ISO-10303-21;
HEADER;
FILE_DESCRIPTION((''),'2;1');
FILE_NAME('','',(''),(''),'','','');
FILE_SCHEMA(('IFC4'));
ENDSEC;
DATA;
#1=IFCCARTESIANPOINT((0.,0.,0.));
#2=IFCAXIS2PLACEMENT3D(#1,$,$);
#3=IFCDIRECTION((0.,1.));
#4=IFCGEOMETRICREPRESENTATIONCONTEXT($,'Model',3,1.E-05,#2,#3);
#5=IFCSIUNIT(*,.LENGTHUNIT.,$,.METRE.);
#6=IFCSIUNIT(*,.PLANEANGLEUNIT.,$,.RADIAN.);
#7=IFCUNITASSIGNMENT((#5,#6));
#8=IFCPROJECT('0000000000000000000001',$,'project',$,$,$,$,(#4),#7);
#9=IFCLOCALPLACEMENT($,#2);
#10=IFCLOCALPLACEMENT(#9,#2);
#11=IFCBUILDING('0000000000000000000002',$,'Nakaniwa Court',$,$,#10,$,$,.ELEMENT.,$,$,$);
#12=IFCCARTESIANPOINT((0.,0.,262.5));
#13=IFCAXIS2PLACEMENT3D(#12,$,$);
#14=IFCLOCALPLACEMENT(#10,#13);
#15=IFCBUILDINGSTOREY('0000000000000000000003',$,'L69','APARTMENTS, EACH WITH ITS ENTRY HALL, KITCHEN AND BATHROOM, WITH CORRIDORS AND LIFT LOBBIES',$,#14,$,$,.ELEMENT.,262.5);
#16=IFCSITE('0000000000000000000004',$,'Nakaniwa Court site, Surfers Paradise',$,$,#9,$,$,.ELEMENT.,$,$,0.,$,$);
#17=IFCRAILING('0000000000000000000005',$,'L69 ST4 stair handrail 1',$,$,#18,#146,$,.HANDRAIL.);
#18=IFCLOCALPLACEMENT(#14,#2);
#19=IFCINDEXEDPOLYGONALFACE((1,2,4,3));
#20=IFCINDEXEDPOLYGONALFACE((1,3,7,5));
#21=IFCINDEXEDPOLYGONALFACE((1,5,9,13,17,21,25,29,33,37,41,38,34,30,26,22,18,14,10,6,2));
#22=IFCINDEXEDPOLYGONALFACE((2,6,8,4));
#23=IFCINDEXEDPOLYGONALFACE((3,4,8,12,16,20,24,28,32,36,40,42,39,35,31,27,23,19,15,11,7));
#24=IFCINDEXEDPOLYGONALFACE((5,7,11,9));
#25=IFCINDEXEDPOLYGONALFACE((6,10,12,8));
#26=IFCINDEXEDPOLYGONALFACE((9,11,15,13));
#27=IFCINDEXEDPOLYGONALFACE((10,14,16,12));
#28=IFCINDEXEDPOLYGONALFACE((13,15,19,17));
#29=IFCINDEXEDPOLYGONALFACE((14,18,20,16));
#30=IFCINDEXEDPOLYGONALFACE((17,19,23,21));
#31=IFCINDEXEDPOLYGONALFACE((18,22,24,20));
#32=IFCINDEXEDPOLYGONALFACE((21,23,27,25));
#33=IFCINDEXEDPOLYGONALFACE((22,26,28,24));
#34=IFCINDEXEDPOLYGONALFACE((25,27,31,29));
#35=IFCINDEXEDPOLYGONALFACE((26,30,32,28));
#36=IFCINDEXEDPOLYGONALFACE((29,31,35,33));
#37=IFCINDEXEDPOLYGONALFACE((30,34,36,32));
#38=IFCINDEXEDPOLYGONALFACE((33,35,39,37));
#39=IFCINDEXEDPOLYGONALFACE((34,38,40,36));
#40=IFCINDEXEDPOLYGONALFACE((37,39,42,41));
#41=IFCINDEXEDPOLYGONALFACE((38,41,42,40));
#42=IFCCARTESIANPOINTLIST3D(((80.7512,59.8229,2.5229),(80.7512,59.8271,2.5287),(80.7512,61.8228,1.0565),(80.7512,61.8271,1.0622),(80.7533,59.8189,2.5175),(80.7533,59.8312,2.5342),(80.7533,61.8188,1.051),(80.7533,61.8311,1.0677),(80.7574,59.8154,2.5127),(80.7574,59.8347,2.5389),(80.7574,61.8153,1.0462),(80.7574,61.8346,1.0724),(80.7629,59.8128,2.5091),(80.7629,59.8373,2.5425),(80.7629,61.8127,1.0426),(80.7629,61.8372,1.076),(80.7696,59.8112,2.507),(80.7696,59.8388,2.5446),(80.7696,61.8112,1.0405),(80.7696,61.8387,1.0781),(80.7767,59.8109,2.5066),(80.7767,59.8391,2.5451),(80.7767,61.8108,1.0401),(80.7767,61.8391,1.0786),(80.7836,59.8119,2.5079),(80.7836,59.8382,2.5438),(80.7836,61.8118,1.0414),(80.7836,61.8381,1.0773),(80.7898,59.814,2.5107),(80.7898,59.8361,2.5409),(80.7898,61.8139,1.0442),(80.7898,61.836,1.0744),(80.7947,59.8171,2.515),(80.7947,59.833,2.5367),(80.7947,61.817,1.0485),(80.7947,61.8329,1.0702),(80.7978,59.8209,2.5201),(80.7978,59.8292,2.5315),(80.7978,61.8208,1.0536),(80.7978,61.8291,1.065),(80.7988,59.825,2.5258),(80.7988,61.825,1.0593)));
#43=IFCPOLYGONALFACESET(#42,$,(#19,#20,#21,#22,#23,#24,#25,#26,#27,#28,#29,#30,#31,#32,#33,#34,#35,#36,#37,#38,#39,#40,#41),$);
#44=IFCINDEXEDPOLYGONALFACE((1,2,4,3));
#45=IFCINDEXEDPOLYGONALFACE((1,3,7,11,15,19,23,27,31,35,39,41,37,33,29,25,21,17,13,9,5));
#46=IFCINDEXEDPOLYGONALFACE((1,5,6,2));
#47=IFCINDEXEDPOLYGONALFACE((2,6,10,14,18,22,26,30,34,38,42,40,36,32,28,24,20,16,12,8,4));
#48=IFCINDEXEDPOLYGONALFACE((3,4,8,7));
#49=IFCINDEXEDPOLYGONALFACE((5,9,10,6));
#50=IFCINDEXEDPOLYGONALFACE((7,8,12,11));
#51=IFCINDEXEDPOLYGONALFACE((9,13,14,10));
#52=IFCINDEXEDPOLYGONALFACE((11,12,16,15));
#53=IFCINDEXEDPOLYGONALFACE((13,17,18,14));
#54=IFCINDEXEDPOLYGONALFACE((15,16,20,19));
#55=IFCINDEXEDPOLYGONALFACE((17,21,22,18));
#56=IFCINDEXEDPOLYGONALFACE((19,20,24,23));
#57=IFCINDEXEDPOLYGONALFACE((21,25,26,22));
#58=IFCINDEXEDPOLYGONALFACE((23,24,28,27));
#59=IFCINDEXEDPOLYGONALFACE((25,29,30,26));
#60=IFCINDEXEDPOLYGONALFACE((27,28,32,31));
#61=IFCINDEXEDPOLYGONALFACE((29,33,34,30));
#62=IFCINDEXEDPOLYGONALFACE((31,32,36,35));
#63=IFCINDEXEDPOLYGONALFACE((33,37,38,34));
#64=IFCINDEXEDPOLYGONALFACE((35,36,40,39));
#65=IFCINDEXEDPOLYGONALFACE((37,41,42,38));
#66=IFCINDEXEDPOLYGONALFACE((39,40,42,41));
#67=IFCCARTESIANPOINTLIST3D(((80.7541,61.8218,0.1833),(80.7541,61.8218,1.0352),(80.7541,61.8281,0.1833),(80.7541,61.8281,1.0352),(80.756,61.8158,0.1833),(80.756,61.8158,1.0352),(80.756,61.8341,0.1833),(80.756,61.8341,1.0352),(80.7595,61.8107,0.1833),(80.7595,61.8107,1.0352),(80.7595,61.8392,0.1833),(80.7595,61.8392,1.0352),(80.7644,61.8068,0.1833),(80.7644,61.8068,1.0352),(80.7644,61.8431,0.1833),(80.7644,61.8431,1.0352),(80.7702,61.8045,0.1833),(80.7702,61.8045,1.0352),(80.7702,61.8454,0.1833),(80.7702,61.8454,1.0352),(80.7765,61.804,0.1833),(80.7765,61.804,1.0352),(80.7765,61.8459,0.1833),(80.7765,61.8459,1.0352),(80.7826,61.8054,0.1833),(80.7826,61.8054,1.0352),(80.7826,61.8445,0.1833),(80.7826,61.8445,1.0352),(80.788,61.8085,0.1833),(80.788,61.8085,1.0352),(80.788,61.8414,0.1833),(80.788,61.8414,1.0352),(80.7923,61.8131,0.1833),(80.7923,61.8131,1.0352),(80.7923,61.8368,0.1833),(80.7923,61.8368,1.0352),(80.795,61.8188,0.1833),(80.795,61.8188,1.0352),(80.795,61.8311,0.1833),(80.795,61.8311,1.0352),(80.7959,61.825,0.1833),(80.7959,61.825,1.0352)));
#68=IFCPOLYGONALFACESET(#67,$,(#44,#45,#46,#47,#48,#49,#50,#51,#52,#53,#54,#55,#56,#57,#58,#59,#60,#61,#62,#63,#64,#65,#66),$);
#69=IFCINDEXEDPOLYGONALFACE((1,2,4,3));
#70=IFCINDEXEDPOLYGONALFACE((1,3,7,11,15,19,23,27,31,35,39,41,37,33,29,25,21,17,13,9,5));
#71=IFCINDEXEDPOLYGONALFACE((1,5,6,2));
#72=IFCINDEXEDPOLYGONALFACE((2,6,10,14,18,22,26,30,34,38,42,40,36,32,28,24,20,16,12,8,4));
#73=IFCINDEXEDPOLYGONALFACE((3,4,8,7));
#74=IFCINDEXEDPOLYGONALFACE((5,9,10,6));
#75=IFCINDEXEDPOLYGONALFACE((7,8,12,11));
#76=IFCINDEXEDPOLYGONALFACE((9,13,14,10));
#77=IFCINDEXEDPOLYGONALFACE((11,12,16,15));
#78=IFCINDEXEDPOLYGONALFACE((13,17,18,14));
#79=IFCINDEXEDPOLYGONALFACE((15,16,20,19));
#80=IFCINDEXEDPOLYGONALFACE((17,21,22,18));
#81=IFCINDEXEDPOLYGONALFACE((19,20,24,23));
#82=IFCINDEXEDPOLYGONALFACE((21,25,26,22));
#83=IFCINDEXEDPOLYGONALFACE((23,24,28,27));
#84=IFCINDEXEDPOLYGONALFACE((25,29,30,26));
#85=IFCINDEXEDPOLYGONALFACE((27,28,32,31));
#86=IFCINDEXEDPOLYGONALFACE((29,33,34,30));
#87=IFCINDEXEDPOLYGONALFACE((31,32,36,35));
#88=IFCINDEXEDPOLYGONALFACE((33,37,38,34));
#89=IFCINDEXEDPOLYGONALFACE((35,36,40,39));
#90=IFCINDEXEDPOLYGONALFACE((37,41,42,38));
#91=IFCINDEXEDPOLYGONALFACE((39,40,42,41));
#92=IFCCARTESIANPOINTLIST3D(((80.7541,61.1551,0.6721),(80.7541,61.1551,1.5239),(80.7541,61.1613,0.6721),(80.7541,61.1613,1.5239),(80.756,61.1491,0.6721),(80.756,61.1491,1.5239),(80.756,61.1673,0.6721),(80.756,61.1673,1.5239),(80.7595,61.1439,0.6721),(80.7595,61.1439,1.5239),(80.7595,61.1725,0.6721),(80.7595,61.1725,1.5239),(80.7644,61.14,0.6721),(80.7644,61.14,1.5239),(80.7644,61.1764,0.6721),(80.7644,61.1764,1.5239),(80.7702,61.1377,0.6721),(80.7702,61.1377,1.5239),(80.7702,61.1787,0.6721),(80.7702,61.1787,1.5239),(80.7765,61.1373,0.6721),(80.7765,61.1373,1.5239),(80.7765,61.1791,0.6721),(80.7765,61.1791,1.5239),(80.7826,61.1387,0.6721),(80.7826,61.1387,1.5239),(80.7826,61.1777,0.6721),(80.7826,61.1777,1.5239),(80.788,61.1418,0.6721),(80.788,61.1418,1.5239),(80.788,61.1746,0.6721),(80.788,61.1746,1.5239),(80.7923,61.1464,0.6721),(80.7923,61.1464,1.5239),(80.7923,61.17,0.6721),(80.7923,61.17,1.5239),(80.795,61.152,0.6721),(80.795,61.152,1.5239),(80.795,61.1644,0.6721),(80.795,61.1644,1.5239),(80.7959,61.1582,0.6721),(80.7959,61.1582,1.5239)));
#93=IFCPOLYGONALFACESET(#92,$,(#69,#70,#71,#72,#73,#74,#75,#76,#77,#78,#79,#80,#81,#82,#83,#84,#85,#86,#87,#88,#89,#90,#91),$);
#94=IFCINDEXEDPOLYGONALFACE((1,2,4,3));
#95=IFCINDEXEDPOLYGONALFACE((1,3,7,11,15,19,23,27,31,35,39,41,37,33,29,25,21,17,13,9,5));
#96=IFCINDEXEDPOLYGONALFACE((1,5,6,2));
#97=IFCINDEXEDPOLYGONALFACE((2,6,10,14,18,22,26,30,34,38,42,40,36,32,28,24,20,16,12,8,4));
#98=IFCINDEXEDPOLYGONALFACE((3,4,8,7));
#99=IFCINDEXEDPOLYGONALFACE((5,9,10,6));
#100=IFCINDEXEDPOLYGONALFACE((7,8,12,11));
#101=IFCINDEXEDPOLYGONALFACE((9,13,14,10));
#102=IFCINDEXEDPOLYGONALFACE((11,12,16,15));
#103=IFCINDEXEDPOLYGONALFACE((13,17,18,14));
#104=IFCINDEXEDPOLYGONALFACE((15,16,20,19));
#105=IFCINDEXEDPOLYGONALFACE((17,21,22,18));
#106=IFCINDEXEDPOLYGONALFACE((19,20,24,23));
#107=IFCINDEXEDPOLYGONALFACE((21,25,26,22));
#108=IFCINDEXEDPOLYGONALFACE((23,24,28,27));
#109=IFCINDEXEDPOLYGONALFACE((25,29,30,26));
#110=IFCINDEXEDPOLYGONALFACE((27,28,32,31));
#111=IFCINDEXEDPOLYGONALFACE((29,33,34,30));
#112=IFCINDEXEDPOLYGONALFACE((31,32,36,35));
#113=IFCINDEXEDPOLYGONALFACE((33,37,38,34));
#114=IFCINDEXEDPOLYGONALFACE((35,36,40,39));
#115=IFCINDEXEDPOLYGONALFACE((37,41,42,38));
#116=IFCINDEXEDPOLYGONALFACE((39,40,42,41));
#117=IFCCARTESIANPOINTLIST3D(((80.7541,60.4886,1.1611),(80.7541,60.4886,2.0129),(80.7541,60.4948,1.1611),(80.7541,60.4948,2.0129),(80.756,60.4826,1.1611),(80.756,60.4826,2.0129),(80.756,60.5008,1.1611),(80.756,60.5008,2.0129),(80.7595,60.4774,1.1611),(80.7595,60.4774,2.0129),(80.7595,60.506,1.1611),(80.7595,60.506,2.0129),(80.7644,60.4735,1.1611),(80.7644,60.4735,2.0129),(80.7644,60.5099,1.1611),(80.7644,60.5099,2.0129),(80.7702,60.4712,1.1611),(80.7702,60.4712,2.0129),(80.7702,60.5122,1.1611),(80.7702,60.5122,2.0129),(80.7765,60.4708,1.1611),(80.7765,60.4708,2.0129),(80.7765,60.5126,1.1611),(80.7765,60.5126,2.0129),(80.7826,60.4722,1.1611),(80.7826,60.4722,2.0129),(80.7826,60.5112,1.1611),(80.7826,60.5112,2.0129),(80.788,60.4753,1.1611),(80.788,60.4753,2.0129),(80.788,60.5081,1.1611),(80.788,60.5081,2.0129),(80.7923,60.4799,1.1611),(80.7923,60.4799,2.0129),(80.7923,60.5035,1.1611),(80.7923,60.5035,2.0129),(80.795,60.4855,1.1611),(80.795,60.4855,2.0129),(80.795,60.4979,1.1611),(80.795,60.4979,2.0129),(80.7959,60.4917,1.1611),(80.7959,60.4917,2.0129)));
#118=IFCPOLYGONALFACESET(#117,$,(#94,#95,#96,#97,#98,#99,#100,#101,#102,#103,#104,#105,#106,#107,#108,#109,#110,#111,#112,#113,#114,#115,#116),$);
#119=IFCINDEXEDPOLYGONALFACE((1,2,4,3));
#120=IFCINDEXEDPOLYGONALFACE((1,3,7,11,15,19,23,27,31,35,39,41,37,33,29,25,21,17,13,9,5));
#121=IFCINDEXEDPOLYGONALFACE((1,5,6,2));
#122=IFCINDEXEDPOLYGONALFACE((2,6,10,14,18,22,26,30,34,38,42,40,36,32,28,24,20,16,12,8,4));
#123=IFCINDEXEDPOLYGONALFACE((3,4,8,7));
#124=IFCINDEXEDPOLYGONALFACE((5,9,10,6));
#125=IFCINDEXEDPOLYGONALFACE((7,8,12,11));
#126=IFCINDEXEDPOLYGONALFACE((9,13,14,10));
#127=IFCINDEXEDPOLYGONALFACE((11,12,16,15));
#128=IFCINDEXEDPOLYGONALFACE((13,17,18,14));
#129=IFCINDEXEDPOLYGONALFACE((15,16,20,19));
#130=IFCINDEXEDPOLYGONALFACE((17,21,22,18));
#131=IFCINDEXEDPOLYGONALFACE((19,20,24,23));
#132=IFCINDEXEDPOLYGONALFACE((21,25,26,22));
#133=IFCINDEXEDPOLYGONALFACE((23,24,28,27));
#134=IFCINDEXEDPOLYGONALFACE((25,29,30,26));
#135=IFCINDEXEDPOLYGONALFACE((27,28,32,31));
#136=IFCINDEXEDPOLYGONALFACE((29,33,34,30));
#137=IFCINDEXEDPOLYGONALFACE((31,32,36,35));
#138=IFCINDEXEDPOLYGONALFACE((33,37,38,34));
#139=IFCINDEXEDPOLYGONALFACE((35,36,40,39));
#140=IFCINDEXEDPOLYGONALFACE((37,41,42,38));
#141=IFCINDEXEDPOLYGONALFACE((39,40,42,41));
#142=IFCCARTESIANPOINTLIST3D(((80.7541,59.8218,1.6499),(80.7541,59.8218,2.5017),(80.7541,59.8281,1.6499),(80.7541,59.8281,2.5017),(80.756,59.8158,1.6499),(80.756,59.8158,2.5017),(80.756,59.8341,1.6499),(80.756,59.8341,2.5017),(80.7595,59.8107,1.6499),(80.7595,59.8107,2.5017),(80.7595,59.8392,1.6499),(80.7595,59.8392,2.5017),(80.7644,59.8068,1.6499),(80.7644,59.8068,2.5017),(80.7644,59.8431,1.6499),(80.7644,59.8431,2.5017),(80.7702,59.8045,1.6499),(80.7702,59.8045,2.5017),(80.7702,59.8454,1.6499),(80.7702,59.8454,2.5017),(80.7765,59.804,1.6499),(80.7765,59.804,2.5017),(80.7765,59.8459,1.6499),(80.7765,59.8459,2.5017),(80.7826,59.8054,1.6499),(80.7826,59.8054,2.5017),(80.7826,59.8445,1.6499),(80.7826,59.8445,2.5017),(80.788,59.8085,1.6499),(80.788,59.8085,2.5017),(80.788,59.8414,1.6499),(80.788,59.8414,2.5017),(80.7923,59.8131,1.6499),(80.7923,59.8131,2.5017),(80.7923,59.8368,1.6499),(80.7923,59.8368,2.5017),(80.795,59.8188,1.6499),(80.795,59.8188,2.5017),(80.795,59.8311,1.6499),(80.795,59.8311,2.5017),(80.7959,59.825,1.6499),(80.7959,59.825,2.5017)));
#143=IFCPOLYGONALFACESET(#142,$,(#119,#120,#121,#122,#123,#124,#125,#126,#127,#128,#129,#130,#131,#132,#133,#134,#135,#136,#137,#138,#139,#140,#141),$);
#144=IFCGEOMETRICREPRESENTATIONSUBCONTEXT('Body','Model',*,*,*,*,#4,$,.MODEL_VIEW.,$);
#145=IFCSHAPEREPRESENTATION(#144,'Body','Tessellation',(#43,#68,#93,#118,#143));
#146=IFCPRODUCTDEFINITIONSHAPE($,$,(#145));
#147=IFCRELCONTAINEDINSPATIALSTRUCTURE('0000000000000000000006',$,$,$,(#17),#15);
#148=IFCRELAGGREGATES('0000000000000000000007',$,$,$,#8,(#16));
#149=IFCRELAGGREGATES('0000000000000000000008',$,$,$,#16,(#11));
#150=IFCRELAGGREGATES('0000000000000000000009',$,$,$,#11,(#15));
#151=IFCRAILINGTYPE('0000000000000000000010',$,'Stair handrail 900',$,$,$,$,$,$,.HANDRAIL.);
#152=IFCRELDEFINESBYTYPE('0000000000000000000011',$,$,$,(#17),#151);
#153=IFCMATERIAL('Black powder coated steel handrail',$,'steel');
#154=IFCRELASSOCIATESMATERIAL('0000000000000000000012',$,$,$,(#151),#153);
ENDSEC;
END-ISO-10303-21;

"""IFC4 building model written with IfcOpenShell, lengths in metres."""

from ifc_helpers import new_model, si_unit, direction, frame, origin, origin_2d, place, context, subcontext, project, spatial, circle, extrude, material, type_object, element, save


model = new_model("IFC4")

# Units and contexts
model_context = context("Model", 3, precision=1e-05, world=origin(), true_north=direction((0.0, 1.0)))
body_context = subcontext(model_context, "Body", "Model", "MODEL_VIEW")
ifc_project = project(units=[si_unit("LENGTHUNIT", "METRE"), si_unit("PLANEANGLEUNIT", "RADIAN")], contexts=[model_context])

# Site, building, storey
site_placement = place(None, origin())
site = spatial("IfcSite", under=ifc_project, at=site_placement, Name="Nakaniwa Court site, Surfers Paradise", CompositionType="ELEMENT", RefElevation=0.0)
building_placement = place(site_placement, origin())
building = spatial("IfcBuilding", under=site, at=building_placement, Name="Nakaniwa Court", CompositionType="ELEMENT")
storey_placement = place(building_placement, frame((0.0, 0.0, 262.5)))
storey = spatial("IfcBuildingStorey", under=building, at=storey_placement, Name="L69", Description="APARTMENTS, EACH WITH ITS ENTRY HALL, KITCHEN AND BATHROOM, WITH CORRIDORS AND LIFT LOBBIES", CompositionType="ELEMENT", Elevation=262.5)

# Railing
ifc_material_1 = material(Name="Black powder coated steel handrail", Category="steel")
railing_type_1 = type_object("IfcRailingType", Name="Stair handrail 900", PredefinedType="HANDRAIL", material=ifc_material_1)
railing_1_placement = place(storey_placement, frame((80.7749, 61.825, 0.1833)))
element("IfcRailing", 1, at=railing_1_placement, inside=storey, type_object=railing_type_1, Name="L69 ST4 stair handrail 1", PredefinedType="HANDRAIL", context=body_context, shape_type="SweptSolid", body=[
    extrude(circle(Radius=0.0239, at=origin_2d()), frame((0.0, 0.0, 0.876), z_axis=(0.0, -0.806427, 0.591334), x_axis=(1.0, 0.0, 0.0)), (0.0, 0.0, 1.0), 2.48),
    extrude(circle(Radius=0.021, at=origin_2d()), origin(), (0.0, 0.0, 1.0), 0.8518),
    extrude(circle(Radius=0.021, at=origin_2d()), frame((0.0, -0.6667, 0.4888)), (0.0, 0.0, 1.0), 0.8518),
    extrude(circle(Radius=0.021, at=origin_2d()), frame((0.0, -1.3333, 0.9778)), (0.0, 0.0, 1.0), 0.8518),
    extrude(circle(Radius=0.021, at=origin_2d()), frame((0.0, -2.0, 1.4666)), (0.0, 0.0, 1.0), 0.8518),
])

save(model, "model.ifc")
